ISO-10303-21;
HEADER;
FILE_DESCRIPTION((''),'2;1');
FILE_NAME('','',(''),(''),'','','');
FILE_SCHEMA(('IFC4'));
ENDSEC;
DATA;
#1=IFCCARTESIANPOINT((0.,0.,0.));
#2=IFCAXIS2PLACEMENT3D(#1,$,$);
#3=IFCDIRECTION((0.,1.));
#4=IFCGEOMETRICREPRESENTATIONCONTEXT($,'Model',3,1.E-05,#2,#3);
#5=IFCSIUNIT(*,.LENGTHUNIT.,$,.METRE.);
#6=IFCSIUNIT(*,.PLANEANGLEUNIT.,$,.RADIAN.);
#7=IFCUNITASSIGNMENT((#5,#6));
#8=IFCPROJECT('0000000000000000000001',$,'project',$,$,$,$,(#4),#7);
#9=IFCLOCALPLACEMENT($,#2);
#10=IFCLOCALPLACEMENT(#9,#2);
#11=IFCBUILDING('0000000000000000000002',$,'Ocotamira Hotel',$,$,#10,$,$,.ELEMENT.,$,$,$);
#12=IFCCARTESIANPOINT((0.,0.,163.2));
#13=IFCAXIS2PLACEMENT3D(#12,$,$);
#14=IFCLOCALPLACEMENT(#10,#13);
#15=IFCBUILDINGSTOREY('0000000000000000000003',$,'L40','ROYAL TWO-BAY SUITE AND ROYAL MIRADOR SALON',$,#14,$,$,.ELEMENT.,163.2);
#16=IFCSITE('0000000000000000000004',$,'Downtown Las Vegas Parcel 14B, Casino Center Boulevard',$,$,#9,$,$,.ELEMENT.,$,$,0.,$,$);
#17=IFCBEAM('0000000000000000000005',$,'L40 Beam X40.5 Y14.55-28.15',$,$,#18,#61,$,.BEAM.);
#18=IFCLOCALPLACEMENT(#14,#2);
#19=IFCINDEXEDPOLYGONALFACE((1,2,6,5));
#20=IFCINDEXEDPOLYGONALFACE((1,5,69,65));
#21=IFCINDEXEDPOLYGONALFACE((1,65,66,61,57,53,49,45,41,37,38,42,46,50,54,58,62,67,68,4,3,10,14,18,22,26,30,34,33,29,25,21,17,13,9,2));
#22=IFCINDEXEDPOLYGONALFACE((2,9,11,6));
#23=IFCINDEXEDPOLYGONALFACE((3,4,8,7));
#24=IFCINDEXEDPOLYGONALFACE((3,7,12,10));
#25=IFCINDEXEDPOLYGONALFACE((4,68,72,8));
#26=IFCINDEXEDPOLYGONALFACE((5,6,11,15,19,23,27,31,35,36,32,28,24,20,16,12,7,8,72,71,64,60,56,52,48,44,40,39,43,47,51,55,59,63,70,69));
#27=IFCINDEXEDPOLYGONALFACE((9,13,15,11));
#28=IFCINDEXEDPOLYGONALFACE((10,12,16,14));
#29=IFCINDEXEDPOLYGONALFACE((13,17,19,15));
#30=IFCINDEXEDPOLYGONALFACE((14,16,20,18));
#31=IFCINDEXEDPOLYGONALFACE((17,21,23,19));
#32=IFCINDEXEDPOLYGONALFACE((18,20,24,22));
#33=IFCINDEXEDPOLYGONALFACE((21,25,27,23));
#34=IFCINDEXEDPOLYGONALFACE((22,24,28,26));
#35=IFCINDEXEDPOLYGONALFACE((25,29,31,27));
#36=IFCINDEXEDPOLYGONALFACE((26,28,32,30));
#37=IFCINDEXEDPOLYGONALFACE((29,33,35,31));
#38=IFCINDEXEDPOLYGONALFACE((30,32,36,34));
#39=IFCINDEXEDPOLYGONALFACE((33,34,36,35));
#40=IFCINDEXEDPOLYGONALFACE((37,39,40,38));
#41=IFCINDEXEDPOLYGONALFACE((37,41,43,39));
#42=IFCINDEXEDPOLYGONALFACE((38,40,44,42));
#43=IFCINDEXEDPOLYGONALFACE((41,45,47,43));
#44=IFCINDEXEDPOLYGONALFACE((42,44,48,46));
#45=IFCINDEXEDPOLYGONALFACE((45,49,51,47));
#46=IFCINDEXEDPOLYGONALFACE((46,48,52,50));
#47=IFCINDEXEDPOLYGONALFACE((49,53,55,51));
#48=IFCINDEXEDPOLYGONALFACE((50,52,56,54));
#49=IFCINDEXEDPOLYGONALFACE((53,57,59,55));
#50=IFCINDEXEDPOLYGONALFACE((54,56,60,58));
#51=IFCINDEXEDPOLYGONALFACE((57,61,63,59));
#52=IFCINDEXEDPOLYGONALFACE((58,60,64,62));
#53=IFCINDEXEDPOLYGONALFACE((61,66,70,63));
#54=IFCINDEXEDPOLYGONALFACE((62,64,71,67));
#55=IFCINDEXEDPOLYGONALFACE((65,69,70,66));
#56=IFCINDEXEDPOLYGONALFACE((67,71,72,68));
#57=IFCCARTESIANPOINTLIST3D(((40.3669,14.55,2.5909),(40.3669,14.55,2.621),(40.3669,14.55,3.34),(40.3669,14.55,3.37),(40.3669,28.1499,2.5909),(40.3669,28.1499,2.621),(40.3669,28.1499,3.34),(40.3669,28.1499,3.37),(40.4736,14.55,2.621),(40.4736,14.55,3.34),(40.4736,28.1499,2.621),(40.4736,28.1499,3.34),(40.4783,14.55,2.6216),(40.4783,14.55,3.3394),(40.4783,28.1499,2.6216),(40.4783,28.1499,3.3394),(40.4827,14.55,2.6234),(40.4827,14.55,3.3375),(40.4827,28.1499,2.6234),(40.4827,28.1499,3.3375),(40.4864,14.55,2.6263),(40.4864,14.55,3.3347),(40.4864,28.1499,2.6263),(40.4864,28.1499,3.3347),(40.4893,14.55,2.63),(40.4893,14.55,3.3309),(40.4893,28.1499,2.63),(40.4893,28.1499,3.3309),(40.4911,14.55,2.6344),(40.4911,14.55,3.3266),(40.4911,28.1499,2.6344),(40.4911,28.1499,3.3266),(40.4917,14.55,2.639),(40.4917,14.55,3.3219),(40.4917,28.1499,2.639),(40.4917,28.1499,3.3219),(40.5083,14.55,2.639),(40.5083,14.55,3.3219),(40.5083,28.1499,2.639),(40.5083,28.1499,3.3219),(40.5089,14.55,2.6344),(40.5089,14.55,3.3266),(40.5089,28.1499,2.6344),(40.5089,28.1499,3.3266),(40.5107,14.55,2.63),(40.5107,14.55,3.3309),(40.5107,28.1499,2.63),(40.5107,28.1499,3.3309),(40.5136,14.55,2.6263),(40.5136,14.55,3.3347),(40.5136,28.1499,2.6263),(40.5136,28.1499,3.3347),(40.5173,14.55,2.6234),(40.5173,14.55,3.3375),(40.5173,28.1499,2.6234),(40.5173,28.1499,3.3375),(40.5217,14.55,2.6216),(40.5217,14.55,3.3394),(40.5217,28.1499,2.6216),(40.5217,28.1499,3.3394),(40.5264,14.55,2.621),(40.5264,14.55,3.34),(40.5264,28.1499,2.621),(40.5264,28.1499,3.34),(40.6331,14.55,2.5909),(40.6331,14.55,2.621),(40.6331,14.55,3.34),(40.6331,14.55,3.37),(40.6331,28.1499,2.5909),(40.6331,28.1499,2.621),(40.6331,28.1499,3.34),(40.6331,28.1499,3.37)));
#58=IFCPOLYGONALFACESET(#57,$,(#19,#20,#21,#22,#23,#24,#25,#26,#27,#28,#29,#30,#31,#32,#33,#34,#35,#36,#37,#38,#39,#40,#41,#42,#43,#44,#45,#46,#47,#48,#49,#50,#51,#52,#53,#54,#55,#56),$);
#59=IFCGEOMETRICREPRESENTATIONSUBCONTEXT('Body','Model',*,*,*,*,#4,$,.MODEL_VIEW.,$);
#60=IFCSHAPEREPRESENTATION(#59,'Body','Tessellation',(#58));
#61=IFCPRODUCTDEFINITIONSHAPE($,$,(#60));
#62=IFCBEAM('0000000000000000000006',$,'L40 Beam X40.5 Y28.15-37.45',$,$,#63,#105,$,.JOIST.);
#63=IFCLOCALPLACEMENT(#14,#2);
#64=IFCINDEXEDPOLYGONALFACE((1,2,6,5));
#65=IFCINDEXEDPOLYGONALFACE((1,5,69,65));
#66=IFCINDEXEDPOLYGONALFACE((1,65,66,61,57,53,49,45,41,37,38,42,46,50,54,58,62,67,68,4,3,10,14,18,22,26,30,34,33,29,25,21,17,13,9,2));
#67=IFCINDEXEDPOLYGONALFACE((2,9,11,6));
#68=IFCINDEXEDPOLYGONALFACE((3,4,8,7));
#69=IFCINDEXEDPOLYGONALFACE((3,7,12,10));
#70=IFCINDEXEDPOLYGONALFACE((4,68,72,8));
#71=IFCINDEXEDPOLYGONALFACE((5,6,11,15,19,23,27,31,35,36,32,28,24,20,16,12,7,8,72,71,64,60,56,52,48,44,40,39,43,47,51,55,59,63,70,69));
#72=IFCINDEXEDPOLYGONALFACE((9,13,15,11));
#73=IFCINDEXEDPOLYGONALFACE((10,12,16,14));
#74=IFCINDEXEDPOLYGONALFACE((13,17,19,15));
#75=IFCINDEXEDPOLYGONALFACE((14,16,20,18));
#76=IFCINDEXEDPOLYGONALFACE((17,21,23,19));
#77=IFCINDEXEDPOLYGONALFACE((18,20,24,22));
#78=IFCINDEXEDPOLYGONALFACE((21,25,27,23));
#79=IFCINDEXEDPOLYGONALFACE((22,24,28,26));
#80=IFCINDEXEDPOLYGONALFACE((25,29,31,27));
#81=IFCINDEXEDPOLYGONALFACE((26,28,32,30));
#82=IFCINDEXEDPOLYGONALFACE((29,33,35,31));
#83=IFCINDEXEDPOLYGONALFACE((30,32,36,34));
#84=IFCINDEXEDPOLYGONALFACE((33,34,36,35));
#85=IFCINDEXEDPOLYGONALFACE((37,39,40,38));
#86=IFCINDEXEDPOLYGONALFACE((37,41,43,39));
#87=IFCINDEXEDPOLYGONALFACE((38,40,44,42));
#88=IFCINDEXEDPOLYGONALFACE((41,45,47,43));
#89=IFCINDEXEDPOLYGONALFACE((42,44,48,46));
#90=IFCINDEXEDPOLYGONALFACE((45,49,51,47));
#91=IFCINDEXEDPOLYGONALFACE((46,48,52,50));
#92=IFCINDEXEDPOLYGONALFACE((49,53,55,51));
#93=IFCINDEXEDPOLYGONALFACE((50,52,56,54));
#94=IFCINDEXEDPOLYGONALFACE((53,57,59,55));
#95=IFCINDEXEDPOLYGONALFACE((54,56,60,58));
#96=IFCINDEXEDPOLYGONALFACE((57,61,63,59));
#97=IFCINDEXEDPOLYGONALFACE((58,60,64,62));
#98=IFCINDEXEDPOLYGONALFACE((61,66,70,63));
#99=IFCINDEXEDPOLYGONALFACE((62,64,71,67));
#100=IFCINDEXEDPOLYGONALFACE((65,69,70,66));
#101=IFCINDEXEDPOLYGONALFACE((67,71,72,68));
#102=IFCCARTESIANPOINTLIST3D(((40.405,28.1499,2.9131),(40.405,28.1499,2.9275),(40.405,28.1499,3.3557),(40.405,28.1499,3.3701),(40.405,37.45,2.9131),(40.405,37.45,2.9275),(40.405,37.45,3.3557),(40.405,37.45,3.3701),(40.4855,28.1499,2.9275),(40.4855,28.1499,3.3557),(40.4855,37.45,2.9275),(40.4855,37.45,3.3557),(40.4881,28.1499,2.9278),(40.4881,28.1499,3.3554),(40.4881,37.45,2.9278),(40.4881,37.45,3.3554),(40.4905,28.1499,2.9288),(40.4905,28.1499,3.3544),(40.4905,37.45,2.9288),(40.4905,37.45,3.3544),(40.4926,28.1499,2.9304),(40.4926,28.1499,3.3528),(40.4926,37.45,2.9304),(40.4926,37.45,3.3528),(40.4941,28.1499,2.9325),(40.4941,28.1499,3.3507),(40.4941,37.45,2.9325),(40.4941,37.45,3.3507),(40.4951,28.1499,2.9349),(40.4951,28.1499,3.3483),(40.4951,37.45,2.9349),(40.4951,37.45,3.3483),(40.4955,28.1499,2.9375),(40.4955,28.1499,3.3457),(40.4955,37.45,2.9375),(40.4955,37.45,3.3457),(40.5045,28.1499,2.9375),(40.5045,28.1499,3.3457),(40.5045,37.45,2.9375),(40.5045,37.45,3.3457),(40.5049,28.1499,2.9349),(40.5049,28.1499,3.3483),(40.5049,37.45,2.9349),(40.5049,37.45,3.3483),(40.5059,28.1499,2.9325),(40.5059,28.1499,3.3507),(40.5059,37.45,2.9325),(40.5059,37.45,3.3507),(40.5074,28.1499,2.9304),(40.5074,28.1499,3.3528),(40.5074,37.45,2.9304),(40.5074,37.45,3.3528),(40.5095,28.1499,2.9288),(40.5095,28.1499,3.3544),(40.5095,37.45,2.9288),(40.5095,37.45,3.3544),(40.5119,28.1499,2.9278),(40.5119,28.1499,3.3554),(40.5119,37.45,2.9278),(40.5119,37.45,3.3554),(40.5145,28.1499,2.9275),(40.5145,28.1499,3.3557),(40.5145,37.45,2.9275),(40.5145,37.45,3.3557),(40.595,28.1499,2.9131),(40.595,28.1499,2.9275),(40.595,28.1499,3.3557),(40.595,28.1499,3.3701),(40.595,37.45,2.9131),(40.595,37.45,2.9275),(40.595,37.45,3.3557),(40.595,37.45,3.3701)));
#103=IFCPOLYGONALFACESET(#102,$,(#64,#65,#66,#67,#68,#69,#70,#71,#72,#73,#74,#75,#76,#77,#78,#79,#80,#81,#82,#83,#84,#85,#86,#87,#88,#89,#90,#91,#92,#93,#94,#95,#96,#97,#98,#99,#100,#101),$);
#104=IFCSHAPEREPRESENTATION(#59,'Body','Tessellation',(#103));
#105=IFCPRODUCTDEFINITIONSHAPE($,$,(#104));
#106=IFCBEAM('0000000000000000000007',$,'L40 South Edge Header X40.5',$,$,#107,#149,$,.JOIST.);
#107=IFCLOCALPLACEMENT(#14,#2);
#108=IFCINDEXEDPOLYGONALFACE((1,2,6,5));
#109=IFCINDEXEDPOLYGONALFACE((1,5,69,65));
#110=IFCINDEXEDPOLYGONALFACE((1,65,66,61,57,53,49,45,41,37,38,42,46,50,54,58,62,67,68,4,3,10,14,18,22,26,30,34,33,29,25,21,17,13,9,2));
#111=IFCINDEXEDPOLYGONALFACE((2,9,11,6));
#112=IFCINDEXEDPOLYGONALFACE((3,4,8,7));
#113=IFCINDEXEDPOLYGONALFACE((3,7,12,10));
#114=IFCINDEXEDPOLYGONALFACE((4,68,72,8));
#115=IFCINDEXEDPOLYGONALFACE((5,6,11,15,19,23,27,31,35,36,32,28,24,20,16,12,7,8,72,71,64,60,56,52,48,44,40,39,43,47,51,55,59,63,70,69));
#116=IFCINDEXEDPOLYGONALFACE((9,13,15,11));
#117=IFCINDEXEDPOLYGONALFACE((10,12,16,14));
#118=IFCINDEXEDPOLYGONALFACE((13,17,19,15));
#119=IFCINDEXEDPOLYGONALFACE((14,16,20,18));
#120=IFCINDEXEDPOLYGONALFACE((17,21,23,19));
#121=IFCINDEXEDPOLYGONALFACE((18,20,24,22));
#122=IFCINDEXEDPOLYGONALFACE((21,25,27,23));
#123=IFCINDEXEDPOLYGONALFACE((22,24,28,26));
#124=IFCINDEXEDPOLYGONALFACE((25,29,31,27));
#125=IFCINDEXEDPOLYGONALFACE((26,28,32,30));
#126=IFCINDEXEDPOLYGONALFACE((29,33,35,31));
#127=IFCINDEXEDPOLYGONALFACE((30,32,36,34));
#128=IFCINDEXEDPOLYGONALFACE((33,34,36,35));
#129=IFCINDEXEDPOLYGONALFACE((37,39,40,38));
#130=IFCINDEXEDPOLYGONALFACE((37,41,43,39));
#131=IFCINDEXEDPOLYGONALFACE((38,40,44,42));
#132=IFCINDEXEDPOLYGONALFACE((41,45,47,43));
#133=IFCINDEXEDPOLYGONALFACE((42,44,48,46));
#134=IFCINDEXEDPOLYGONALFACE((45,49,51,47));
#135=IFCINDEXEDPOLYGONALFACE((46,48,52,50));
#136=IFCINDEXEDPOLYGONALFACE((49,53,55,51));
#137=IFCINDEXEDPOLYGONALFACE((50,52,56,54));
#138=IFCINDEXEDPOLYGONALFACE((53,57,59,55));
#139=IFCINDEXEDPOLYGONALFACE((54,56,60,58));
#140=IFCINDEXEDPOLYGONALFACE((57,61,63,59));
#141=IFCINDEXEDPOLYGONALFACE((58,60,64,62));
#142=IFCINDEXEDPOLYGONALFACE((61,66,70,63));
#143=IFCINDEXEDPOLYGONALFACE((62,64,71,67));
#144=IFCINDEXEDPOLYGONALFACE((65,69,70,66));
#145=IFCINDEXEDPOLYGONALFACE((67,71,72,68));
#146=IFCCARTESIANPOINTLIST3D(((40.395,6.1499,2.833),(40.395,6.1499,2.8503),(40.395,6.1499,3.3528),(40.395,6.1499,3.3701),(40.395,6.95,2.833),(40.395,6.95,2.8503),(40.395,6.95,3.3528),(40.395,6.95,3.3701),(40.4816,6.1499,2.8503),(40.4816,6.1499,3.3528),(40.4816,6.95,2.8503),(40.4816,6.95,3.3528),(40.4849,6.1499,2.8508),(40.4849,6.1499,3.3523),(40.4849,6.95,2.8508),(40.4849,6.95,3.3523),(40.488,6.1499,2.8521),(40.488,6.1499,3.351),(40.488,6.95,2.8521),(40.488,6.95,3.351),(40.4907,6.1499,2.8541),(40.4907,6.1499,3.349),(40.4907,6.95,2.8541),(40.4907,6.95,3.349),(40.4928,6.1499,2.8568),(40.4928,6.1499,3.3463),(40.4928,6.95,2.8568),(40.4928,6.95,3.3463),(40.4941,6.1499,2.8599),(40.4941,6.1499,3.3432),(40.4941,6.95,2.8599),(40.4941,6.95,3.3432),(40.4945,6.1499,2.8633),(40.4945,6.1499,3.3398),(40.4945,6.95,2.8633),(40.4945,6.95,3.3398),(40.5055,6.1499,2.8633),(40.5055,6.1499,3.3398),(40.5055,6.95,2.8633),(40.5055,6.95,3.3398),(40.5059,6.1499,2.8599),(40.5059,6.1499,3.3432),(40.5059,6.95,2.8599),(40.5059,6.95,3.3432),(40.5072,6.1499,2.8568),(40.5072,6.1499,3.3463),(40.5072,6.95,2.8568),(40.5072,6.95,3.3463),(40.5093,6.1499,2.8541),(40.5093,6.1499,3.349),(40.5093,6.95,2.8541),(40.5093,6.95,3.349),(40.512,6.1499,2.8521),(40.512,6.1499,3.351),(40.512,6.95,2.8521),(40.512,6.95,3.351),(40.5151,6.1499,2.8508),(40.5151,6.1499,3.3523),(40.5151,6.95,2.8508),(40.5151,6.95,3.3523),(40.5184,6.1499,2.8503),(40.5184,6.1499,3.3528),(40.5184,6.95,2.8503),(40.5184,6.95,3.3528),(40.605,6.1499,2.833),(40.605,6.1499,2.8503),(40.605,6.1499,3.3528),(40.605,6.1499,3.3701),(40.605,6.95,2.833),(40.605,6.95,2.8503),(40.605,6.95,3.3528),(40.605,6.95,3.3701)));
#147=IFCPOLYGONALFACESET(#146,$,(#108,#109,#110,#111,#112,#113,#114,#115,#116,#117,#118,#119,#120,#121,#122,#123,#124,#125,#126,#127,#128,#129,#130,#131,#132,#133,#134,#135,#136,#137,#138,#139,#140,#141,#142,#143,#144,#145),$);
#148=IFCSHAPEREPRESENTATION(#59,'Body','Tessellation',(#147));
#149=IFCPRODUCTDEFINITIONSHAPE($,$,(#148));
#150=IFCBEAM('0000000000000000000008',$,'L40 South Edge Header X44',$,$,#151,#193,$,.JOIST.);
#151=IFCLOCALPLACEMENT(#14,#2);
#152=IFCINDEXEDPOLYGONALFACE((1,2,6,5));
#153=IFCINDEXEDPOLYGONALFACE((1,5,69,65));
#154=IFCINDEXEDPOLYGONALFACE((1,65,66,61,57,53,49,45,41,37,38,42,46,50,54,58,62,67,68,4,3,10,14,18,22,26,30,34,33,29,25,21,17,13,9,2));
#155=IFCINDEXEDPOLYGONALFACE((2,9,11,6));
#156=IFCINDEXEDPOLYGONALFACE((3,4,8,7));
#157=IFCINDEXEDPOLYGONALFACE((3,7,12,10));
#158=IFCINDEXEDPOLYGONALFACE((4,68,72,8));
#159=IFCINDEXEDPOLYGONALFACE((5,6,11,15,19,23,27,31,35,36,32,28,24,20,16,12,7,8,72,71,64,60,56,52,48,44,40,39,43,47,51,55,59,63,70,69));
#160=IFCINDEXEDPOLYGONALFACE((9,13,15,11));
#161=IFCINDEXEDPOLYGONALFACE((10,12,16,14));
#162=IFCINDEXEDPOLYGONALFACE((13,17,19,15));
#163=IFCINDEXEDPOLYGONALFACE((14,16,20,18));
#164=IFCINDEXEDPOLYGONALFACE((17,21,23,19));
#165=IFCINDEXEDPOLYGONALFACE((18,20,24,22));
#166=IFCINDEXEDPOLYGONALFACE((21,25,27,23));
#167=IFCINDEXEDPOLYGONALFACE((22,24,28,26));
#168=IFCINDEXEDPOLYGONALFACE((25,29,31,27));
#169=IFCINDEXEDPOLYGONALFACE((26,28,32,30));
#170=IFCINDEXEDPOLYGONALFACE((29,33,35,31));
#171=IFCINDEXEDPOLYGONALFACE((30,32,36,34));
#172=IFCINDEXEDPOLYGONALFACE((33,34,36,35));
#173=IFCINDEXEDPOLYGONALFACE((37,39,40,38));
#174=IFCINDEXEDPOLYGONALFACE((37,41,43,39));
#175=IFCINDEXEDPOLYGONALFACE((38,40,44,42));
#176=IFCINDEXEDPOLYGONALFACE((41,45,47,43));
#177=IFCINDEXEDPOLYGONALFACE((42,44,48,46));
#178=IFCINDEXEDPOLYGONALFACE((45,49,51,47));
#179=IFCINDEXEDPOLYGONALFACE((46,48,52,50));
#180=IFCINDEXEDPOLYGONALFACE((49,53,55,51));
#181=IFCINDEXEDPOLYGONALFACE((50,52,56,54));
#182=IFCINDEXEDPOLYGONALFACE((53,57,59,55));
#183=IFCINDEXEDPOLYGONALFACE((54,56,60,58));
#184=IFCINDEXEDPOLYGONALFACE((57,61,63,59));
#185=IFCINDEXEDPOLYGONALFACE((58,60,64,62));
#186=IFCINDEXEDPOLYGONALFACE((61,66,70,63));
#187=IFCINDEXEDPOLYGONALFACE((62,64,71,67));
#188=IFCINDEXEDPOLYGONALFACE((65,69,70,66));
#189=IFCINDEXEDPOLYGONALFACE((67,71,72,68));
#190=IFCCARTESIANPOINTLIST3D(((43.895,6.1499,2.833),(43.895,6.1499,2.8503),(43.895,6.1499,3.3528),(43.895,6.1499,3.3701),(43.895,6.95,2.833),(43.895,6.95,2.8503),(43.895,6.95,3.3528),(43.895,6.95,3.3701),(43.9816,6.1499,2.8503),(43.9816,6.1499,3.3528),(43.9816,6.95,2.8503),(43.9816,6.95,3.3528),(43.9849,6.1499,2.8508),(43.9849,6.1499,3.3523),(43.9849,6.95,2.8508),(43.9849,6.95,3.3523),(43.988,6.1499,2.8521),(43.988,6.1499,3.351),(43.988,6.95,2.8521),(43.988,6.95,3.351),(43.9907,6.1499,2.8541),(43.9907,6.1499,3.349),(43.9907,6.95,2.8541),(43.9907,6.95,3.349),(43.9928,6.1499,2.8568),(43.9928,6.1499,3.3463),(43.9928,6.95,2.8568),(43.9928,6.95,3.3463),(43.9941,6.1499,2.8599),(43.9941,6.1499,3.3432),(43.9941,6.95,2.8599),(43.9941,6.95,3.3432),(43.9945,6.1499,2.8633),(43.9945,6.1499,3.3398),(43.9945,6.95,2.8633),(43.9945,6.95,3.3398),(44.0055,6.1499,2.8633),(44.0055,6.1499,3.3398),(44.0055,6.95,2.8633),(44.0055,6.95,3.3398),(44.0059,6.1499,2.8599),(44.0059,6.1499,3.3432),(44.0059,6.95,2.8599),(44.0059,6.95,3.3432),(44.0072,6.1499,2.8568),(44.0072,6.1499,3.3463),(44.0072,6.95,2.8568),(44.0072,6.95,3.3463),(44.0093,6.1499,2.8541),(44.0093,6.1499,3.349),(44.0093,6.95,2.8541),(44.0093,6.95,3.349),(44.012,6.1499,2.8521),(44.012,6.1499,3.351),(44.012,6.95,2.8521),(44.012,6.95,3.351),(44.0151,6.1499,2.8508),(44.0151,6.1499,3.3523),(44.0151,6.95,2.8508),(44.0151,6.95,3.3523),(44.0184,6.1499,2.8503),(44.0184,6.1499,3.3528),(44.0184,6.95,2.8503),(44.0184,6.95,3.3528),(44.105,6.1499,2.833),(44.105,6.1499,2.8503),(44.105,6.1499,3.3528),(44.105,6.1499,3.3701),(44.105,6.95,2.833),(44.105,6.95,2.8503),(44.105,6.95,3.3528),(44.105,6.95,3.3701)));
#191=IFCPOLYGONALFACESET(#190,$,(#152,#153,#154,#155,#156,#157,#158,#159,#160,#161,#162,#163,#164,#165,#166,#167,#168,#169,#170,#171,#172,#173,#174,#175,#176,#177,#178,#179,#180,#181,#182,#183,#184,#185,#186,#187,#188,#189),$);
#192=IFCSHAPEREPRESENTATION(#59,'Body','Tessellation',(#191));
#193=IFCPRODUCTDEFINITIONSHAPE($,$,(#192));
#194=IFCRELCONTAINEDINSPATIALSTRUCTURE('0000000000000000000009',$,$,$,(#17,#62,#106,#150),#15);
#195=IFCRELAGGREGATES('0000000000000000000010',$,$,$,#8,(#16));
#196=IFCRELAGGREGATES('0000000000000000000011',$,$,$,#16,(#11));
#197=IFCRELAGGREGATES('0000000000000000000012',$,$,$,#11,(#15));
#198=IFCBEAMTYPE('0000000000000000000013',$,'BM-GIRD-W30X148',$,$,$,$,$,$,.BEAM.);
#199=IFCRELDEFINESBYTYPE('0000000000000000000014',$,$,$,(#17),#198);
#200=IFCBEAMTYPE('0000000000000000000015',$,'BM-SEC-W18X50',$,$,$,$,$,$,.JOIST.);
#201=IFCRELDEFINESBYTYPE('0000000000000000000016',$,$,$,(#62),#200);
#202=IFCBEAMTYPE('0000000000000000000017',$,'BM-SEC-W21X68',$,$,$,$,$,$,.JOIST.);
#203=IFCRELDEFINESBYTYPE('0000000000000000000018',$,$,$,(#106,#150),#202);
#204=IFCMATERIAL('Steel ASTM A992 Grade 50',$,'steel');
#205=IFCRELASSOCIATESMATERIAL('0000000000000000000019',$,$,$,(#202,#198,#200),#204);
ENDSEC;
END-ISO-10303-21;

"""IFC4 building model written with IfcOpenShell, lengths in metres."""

from ifc_helpers import new_model, si_unit, direction, frame, origin, origin_2d, place, context, subcontext, project, spatial, i_section, extrude, source, transform, mapped, material, material_profile, profile_set, type_object, element, save


model = new_model("IFC4")

# Units and contexts
model_context = context("Model", 3, precision=1e-05, world=origin(), true_north=direction((0.0, 1.0)))
body_context = subcontext(model_context, "Body", "Model", "MODEL_VIEW")
ifc_project = project(units=[si_unit("LENGTHUNIT", "METRE"), si_unit("PLANEANGLEUNIT", "RADIAN")], contexts=[model_context])

# Site, building, storey
site_placement = place(None, origin())
site = spatial("IfcSite", under=ifc_project, at=site_placement, Name="Downtown Las Vegas Parcel 14B, Casino Center Boulevard", CompositionType="ELEMENT", RefElevation=0.0)
building_placement = place(site_placement, origin())
building = spatial("IfcBuilding", under=site, at=building_placement, Name="Ocotamira Hotel", CompositionType="ELEMENT")
storey_placement = place(building_placement, frame((0.0, 0.0, 163.2)))
storey = spatial("IfcBuildingStorey", under=building, at=storey_placement, Name="L40", Description="ROYAL TWO-BAY SUITE AND ROYAL MIRADOR SALON", CompositionType="ELEMENT", Elevation=163.2)

# Beams
ifc_material_1 = material(Name="Steel ASTM A992 Grade 50", Category="steel")
ifc_material_profile_1 = material_profile(ifc_material_1, i_section(OverallWidth=0.21, OverallDepth=0.5371, WebThickness=0.011, FlangeThickness=0.0173, FilletRadius=0.0129, at=origin_2d()), Name="W21X68")
ifc_profile_set_1 = profile_set([ifc_material_profile_1], Name="Steel ASTM A992 Grade 50")
beam_type_1 = type_object("IfcBeamType", Name="BM-SEC-W21X68", PredefinedType="JOIST", material=ifc_profile_set_1)
ifc_material_profile_2 = material_profile(ifc_material_1, i_section(OverallWidth=0.2661, OverallDepth=0.7791, WebThickness=0.0166, FlangeThickness=0.03, FilletRadius=0.0181, at=origin_2d()), Name="W30X148")
ifc_profile_set_2 = profile_set([ifc_material_profile_2], Name="Steel ASTM A992 Grade 50")
beam_type_2 = type_object("IfcBeamType", Name="BM-GIRD-W30X148", PredefinedType="BEAM", material=ifc_profile_set_2)
shared_shape_1 = source(origin(), body_context, "Body", "SweptSolid", [
    extrude(i_section(OverallWidth=0.2661, OverallDepth=0.7791, WebThickness=0.0166, FlangeThickness=0.03, FilletRadius=0.0181, at=origin_2d()), origin(), (0.0, 0.0, 1.0), 13.5999),
])
beam_1_placement = place(storey_placement, frame((40.5, 14.55, 2.9805), z_axis=(0.0, 1.0, 0.0), x_axis=(-1.0, 0.0, 0.0)))
element("IfcBeam", 1, at=beam_1_placement, inside=storey, type_object=beam_type_2, Name="L40 Beam X40.5 Y14.55-28.15", PredefinedType="BEAM", context=body_context, shape_type="MappedRepresentation", body=[
    mapped(shared_shape_1, transform((0.0, 0.0, 0.0), scale=1.0)),
])
ifc_material_profile_3 = material_profile(ifc_material_1, i_section(OverallWidth=0.1899, OverallDepth=0.457, WebThickness=0.009, FlangeThickness=0.0144, FilletRadius=0.01, at=origin_2d()), Name="W18X50")
ifc_profile_set_3 = profile_set([ifc_material_profile_3], Name="Steel ASTM A992 Grade 50")
beam_type_3 = type_object("IfcBeamType", Name="BM-SEC-W18X50", PredefinedType="JOIST", material=ifc_profile_set_3)
shared_shape_2 = source(origin(), body_context, "Body", "SweptSolid", [
    extrude(i_section(OverallWidth=0.1899, OverallDepth=0.457, WebThickness=0.009, FlangeThickness=0.0144, FilletRadius=0.01, at=origin_2d()), origin(), (0.0, 0.0, 1.0), 9.3),
])
beam_2_placement = place(storey_placement, frame((40.5, 28.1499, 3.1416), z_axis=(0.0, 1.0, 0.0), x_axis=(-1.0, 0.0, 0.0)))
element("IfcBeam", 2, at=beam_2_placement, inside=storey, type_object=beam_type_3, Name="L40 Beam X40.5 Y28.15-37.45", PredefinedType="JOIST", context=body_context, shape_type="MappedRepresentation", body=[
    mapped(shared_shape_2, transform((0.0, 0.0, 0.0), scale=1.0)),
])
shared_shape_3 = source(origin(), body_context, "Body", "SweptSolid", [
    extrude(i_section(OverallWidth=0.21, OverallDepth=0.5371, WebThickness=0.011, FlangeThickness=0.0173, FilletRadius=0.0129, at=origin_2d()), origin(), (0.0, 0.0, 1.0), 0.8),
])
for number, where, z_axis, x_axis, name in (
    (3, (40.5, 6.95, 3.1016), (0.0, -1.0, 0.0), (1.0, 0.0, 0.0), "L40 South Edge Header X40.5"),
    (4, (44.0, 6.95, 3.1016), (0.0, -1.0, 0.0), (1.0, 0.0, 0.0), "L40 South Edge Header X44"),
):
    element("IfcBeam", number, at=place(storey_placement, frame(where, z_axis=z_axis, x_axis=x_axis)), inside=storey, type_object=beam_type_1, Name=name, PredefinedType="JOIST", context=body_context, shape_type="MappedRepresentation", body=[
        mapped(shared_shape_3, transform((0.0, 0.0, 0.0), scale=1.0)),
    ])

save(model, "model.ifc")
